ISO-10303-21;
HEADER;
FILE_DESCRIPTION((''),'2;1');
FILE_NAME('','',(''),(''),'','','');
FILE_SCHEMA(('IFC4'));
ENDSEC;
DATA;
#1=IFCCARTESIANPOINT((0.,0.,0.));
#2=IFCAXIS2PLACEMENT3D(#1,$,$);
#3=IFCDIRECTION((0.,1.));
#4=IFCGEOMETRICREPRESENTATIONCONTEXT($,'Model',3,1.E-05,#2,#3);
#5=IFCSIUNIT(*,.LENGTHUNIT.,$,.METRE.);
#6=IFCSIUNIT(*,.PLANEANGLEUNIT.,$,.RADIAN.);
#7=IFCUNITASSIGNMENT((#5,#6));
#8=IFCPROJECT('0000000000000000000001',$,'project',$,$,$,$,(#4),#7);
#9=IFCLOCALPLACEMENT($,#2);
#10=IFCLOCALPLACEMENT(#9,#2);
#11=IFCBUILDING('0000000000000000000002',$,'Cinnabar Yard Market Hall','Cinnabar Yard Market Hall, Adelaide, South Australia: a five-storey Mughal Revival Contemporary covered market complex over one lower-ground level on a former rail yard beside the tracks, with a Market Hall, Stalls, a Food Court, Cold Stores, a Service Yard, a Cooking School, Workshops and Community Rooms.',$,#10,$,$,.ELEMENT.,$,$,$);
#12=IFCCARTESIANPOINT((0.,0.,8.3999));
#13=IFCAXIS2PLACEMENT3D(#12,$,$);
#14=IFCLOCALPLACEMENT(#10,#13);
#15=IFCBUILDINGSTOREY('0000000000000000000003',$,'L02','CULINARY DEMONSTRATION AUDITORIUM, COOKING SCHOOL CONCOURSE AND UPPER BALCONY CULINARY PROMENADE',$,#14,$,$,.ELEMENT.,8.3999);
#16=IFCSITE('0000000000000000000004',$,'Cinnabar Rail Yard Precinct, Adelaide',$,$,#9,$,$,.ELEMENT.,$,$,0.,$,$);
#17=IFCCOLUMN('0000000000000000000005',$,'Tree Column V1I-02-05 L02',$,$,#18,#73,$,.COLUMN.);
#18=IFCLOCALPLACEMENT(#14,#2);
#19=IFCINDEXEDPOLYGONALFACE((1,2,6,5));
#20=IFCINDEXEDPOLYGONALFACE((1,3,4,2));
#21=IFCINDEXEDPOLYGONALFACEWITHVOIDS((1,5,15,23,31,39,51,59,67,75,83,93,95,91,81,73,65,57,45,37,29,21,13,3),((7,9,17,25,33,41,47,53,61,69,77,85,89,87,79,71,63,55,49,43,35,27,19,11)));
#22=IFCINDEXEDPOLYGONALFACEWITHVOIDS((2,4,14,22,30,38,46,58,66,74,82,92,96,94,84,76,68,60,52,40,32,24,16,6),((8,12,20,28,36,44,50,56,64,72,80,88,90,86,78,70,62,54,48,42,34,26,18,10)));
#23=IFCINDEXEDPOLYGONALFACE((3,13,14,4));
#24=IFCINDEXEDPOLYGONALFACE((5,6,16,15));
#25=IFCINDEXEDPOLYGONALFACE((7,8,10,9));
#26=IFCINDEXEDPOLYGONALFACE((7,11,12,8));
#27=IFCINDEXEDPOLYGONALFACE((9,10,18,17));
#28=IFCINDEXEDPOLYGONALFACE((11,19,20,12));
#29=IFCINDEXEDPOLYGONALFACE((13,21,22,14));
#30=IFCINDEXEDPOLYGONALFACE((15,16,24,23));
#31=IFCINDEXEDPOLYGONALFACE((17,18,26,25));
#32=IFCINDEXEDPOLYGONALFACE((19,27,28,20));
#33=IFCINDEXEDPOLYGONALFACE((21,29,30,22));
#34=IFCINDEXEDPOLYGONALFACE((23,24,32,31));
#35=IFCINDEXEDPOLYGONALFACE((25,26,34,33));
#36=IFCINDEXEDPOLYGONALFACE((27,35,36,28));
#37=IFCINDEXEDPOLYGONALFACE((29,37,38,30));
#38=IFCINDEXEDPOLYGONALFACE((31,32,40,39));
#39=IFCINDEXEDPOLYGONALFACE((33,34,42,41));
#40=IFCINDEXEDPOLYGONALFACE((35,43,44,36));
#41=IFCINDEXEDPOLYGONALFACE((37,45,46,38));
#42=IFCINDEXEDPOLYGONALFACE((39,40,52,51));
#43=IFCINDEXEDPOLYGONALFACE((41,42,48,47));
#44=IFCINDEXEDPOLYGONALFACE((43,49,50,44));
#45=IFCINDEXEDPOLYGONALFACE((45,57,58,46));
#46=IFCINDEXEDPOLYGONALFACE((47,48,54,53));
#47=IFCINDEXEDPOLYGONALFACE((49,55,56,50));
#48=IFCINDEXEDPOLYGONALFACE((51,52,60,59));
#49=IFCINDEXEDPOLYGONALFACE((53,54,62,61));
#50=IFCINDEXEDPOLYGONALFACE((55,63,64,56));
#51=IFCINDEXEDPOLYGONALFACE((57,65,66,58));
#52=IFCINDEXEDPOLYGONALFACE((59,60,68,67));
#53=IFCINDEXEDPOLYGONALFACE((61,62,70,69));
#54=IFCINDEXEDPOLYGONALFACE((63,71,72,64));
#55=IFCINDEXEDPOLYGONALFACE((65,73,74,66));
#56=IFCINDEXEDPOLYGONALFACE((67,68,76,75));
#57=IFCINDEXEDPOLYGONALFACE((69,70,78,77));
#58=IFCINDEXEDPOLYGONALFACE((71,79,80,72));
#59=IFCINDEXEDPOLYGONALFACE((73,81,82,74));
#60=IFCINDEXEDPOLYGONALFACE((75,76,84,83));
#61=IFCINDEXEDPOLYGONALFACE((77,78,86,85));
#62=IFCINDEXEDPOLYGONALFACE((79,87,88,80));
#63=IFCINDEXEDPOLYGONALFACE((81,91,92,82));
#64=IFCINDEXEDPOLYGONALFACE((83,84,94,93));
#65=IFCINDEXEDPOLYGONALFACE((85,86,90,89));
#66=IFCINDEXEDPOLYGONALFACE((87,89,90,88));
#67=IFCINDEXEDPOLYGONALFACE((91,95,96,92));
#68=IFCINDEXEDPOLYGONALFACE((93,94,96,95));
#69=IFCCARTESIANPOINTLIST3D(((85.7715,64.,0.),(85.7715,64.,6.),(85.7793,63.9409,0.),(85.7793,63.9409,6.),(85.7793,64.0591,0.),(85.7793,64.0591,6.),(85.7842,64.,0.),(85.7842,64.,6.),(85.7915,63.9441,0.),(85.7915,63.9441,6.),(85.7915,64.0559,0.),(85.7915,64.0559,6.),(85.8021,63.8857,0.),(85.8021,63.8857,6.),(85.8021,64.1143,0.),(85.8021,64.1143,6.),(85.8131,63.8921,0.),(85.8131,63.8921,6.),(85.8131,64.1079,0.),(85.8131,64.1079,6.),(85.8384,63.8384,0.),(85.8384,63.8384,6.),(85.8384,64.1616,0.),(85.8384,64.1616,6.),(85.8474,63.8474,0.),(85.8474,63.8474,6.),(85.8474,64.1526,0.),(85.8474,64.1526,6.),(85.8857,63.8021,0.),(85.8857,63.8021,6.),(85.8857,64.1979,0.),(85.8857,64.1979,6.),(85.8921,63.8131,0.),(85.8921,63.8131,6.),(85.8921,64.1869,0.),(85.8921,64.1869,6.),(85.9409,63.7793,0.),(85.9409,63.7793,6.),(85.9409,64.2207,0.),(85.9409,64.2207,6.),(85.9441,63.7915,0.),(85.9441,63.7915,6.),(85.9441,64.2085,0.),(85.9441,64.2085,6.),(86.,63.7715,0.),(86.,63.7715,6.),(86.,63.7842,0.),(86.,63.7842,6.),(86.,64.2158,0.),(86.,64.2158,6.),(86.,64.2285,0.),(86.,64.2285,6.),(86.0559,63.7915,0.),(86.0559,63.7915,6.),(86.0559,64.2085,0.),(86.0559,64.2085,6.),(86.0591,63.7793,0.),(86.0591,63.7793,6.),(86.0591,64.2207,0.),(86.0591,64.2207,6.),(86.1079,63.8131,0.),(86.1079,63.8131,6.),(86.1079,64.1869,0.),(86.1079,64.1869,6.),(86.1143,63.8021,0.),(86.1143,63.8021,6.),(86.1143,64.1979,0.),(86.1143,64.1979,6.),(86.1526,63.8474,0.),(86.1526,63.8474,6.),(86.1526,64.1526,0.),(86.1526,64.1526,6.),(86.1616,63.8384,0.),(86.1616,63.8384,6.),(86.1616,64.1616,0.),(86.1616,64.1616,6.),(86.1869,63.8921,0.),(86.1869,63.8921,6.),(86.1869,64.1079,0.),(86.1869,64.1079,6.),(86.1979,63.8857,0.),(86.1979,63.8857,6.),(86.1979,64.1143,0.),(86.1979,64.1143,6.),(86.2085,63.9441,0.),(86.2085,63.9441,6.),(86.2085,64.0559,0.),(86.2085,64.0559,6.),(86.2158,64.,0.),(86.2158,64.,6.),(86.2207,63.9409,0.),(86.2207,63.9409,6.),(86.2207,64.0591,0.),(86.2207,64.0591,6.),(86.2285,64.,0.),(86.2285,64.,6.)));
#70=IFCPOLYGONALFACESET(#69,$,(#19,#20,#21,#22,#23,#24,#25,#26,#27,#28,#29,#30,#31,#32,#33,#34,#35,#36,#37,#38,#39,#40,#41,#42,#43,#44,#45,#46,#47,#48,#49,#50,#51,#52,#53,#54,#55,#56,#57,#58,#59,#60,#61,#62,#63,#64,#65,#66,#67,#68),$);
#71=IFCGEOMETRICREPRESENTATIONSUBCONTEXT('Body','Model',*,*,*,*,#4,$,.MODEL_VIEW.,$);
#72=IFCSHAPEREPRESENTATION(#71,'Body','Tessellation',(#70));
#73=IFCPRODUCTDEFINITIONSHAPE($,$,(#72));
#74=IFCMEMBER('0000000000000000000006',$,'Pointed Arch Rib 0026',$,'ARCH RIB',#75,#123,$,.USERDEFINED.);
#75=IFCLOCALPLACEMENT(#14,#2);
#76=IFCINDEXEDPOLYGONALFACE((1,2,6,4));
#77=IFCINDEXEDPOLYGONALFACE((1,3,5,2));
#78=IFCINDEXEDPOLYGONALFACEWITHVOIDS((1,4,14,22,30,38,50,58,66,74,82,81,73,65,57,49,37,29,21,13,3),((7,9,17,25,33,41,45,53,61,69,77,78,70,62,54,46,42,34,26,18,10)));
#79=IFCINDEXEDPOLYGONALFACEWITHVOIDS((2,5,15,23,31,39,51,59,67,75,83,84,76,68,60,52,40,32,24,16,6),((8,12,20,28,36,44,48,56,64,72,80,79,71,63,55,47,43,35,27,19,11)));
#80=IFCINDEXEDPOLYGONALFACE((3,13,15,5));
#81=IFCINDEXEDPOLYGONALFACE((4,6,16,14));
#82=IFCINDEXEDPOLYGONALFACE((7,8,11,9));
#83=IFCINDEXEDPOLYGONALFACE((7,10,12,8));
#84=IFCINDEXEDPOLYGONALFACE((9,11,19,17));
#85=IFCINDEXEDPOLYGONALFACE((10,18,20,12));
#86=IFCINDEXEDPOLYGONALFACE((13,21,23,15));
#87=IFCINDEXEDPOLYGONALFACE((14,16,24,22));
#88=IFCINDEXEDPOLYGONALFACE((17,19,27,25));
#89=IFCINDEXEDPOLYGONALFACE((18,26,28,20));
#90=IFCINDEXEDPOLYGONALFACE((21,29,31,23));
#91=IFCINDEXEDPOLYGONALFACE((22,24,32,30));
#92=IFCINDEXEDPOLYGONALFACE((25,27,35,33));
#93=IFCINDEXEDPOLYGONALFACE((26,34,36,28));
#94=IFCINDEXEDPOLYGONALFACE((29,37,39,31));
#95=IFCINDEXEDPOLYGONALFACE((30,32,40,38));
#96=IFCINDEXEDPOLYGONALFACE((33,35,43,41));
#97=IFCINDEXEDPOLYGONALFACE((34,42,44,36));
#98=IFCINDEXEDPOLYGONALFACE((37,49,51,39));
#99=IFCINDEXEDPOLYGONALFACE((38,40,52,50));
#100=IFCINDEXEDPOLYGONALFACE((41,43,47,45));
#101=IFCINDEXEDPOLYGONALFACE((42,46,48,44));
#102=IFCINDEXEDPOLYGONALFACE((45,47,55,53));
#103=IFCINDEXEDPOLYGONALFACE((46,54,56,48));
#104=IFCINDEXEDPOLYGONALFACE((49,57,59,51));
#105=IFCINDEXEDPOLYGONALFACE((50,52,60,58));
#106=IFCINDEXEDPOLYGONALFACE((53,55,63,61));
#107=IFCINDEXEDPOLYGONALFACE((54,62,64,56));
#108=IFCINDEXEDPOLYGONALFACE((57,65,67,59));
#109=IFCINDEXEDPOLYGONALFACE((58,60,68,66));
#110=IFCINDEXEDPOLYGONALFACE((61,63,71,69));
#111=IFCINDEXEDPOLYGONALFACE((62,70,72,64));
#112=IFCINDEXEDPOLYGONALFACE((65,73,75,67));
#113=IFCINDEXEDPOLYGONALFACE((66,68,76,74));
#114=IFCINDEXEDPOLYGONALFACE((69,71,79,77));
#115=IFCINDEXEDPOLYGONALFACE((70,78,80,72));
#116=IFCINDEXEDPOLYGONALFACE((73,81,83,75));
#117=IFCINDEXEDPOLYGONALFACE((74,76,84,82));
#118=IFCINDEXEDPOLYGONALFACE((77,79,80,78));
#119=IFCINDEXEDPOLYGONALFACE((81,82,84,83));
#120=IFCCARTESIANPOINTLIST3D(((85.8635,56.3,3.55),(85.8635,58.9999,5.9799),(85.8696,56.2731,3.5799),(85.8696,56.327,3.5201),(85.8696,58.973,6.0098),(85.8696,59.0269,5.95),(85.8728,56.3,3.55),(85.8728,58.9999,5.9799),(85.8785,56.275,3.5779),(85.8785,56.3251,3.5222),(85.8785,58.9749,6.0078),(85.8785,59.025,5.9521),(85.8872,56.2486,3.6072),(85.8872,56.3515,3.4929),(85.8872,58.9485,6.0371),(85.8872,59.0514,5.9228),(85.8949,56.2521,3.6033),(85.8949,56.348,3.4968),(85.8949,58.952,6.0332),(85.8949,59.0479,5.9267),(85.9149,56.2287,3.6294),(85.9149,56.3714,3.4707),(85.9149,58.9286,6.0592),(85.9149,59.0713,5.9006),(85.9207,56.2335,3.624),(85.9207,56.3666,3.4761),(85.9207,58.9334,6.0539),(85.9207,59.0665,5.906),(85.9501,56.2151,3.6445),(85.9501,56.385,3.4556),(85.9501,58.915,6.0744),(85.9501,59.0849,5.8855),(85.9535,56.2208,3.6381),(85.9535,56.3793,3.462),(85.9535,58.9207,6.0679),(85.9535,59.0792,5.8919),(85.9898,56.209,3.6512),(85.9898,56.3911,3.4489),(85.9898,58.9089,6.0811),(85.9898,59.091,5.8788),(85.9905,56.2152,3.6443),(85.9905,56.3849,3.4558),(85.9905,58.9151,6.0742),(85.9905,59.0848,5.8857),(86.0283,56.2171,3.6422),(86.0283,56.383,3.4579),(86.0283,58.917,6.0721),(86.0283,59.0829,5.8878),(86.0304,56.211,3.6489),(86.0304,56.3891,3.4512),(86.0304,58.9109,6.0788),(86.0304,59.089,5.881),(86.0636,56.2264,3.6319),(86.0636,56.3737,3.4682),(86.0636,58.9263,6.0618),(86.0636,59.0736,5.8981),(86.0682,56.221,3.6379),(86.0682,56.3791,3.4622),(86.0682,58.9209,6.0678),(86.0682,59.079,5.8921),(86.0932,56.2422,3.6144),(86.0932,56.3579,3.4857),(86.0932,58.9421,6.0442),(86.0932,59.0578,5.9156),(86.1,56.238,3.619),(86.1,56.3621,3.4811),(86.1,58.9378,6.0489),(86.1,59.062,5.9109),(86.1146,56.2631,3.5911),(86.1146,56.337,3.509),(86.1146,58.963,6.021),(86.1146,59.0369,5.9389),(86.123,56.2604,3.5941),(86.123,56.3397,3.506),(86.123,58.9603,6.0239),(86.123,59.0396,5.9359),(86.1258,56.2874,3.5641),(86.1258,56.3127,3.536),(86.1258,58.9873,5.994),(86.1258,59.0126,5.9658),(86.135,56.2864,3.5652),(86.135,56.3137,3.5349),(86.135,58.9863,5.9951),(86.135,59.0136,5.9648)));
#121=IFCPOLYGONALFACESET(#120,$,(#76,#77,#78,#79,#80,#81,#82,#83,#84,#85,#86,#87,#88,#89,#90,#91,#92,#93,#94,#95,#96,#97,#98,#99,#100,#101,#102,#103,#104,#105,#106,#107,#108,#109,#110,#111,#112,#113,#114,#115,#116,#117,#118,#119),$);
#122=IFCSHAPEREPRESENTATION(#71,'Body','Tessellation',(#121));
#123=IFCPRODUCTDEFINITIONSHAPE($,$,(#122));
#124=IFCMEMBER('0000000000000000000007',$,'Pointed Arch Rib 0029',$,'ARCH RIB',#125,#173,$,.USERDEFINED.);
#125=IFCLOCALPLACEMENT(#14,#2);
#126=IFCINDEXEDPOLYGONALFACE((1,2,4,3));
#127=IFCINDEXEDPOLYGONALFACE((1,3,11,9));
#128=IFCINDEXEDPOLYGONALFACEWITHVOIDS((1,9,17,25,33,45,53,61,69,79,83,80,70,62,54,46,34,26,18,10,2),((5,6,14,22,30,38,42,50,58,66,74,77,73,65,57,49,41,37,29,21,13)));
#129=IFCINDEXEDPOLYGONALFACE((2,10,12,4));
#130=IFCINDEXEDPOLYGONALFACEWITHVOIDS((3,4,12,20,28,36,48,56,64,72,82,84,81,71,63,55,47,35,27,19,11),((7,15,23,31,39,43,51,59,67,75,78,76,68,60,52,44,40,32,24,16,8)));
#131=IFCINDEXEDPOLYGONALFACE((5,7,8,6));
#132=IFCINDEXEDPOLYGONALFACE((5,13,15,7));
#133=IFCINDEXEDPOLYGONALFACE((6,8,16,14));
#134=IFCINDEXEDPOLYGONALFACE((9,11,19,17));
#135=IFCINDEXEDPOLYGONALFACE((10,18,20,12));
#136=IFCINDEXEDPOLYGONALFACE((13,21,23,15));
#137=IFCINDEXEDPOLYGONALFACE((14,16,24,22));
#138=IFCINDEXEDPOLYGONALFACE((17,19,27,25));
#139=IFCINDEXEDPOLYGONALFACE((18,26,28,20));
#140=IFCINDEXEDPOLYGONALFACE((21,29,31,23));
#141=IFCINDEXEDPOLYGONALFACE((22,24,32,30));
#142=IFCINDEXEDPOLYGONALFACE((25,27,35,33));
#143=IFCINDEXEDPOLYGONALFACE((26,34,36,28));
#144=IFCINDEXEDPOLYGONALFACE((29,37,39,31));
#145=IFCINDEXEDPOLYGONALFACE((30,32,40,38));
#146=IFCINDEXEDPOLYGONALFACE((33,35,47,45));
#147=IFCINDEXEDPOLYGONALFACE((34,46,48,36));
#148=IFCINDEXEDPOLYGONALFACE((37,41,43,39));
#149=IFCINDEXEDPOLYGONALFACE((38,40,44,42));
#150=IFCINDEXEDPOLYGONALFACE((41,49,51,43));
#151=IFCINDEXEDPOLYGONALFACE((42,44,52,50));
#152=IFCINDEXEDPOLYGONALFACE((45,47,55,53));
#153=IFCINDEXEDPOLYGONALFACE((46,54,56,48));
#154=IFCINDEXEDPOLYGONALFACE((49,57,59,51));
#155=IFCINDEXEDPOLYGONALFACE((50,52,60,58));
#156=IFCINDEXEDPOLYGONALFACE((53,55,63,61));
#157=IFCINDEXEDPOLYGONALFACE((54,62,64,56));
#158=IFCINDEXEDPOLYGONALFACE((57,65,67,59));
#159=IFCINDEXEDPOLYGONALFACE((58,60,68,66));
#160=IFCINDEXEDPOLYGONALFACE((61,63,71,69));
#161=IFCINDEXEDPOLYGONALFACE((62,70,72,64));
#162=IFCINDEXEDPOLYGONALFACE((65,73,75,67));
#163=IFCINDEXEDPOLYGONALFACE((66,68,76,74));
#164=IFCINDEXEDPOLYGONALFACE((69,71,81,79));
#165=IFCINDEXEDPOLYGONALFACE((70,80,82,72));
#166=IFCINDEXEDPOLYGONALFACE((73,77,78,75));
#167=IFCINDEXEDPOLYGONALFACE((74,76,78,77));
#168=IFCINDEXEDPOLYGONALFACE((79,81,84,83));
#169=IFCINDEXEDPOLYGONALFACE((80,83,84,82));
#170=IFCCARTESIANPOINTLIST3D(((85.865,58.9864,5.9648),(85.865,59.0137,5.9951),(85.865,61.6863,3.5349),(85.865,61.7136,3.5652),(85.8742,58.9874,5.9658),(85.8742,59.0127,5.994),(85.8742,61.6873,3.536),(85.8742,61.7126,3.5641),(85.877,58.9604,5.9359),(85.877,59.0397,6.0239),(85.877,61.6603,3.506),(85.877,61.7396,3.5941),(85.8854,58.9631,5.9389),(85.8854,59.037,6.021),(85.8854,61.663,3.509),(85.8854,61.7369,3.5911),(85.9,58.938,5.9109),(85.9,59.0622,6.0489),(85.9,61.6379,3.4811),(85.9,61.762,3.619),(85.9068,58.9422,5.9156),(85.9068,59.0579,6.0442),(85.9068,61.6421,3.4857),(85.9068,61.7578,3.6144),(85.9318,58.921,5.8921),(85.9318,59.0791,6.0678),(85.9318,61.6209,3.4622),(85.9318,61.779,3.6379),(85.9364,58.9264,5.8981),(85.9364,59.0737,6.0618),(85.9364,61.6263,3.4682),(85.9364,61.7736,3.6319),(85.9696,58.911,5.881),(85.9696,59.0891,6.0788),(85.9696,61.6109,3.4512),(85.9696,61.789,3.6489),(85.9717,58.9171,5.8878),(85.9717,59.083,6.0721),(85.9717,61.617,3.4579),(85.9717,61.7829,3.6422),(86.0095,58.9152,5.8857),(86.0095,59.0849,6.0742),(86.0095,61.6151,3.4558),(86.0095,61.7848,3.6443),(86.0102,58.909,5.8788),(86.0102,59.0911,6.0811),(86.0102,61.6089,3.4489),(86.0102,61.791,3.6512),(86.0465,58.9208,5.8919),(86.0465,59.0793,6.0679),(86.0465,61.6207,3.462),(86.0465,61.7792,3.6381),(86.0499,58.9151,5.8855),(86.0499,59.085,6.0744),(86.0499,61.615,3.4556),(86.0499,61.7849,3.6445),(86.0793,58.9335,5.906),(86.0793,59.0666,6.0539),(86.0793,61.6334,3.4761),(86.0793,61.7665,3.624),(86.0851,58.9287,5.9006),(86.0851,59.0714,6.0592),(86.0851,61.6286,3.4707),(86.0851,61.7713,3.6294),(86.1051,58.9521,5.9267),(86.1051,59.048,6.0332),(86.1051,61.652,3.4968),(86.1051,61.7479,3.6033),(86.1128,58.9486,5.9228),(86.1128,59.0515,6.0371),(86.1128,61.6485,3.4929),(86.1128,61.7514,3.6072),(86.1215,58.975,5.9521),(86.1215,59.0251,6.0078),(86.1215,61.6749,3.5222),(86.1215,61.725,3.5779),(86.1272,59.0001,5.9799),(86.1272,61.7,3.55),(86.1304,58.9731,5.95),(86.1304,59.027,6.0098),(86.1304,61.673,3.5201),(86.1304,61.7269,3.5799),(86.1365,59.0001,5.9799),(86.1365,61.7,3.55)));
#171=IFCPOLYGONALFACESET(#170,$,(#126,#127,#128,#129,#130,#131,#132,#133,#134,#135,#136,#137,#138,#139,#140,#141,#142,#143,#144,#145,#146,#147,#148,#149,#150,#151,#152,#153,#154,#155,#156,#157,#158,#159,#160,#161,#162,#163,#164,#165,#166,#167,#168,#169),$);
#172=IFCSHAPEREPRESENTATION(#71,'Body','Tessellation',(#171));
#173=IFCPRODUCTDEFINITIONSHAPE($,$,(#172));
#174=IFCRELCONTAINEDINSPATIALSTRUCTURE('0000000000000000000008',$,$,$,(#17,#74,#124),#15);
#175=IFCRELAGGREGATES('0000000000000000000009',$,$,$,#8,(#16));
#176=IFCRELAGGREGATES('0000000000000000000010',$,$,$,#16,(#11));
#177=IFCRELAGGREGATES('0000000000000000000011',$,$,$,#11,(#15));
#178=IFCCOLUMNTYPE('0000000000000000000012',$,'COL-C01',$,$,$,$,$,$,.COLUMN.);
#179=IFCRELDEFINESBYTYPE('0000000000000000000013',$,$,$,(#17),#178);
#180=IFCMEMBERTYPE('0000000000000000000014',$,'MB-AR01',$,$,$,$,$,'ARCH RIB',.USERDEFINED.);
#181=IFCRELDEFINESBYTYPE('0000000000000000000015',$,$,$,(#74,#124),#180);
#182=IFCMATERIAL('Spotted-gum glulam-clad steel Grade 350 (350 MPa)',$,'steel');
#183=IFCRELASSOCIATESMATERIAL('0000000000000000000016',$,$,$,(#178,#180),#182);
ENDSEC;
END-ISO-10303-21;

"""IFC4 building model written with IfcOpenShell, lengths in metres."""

from ifc_helpers import new_model, si_unit, direction, frame, origin, origin_2d_with_axis, place, context, subcontext, project, spatial, hollow_circle, extrude, material, material_profile, profile_set, type_object, element, save


model = new_model("IFC4")

# Units and contexts
model_context = context("Model", 3, precision=1e-05, world=origin(), true_north=direction((0.0, 1.0)))
body_context = subcontext(model_context, "Body", "Model", "MODEL_VIEW")
ifc_project = project(units=[si_unit("LENGTHUNIT", "METRE"), si_unit("PLANEANGLEUNIT", "RADIAN")], contexts=[model_context])

# Site, building, storey
site_placement = place(None, origin())
site = spatial("IfcSite", under=ifc_project, at=site_placement, Name="Cinnabar Rail Yard Precinct, Adelaide", CompositionType="ELEMENT", RefElevation=0.0)
building_placement = place(site_placement, origin())
building = spatial("IfcBuilding", under=site, at=building_placement, Name="Cinnabar Yard Market Hall", Description="Cinnabar Yard Market Hall, Adelaide, South Australia: a five-storey Mughal Revival Contemporary covered market complex over one lower-ground level on a former rail yard beside the tracks, with a Market Hall, Stalls, a Food Court, Cold Stores, a Service Yard, a Cooking School, Workshops and Community Rooms.", CompositionType="ELEMENT")
storey_placement = place(building_placement, frame((0.0, 0.0, 8.3999)))
storey = spatial("IfcBuildingStorey", under=building, at=storey_placement, Name="L02", Description="CULINARY DEMONSTRATION AUDITORIUM, COOKING SCHOOL CONCOURSE AND UPPER BALCONY CULINARY PROMENADE", CompositionType="ELEMENT", Elevation=8.3999)

# Column
ifc_material_1 = material(Name="Spotted-gum glulam-clad steel Grade 350 (350 MPa)", Category="steel")
ifc_material_profile_1 = material_profile(ifc_material_1, hollow_circle(Radius=0.2285, WallThickness=0.0127, at=origin_2d_with_axis()), Name="457.0x12.7CHS")
ifc_profile_set_1 = profile_set([ifc_material_profile_1], Name="Spotted-gum glulam-clad steel Grade 350 (350 MPa)")
column_type = type_object("IfcColumnType", Name="COL-C01", PredefinedType="COLUMN", material=ifc_profile_set_1)
column_placement = place(storey_placement, frame((86.0, 64.0, 0.0), z_axis=(0.0, 0.0, 1.0), x_axis=(1.0, 0.0, 0.0)))
element("IfcColumn", 1, at=column_placement, inside=storey, type_object=column_type, Name="Tree Column V1I-02-05 L02", PredefinedType="COLUMN", context=body_context, shape_type="SweptSolid", body=[
    extrude(hollow_circle(Radius=0.2285, WallThickness=0.0127, at=origin_2d_with_axis()), origin(), (0.0, 0.0, 1.0), 6.0),
])

# Members
ifc_material_profile_2 = material_profile(ifc_material_1, hollow_circle(Radius=0.1365, WallThickness=0.0093, at=origin_2d_with_axis()), Name="273.1x9.3CHS")
ifc_profile_set_2 = profile_set([ifc_material_profile_2], Name="Spotted-gum glulam-clad steel Grade 350 (350 MPa)")
member_type_1 = type_object("IfcMemberType", Name="MB-AR01", ElementType="ARCH RIB", PredefinedType="USERDEFINED", material=ifc_profile_set_2)
for number, where, z_axis, x_axis, name in (
    (2, (86.0, 56.3, 3.55), (0.0, 0.743297, 0.668961), (-1.0, 0.0, 0.0), "Pointed Arch Rib 0026"),
    (3, (86.0, 61.7, 3.55), (0.0, -0.743297, 0.668961), (1.0, 0.0, 0.0), "Pointed Arch Rib 0029"),
):
    element("IfcMember", number, at=place(storey_placement, frame(where, z_axis=z_axis, x_axis=x_axis)), inside=storey, type_object=member_type_1, Name=name, ObjectType="ARCH RIB", PredefinedType="USERDEFINED", context=body_context, shape_type="SweptSolid", body=[
        extrude(hollow_circle(Radius=0.1365, WallThickness=0.0093, at=origin_2d_with_axis()), origin(), (0.0, 0.0, 1.0), 3.6323),
    ])

save(model, "model.ifc")
